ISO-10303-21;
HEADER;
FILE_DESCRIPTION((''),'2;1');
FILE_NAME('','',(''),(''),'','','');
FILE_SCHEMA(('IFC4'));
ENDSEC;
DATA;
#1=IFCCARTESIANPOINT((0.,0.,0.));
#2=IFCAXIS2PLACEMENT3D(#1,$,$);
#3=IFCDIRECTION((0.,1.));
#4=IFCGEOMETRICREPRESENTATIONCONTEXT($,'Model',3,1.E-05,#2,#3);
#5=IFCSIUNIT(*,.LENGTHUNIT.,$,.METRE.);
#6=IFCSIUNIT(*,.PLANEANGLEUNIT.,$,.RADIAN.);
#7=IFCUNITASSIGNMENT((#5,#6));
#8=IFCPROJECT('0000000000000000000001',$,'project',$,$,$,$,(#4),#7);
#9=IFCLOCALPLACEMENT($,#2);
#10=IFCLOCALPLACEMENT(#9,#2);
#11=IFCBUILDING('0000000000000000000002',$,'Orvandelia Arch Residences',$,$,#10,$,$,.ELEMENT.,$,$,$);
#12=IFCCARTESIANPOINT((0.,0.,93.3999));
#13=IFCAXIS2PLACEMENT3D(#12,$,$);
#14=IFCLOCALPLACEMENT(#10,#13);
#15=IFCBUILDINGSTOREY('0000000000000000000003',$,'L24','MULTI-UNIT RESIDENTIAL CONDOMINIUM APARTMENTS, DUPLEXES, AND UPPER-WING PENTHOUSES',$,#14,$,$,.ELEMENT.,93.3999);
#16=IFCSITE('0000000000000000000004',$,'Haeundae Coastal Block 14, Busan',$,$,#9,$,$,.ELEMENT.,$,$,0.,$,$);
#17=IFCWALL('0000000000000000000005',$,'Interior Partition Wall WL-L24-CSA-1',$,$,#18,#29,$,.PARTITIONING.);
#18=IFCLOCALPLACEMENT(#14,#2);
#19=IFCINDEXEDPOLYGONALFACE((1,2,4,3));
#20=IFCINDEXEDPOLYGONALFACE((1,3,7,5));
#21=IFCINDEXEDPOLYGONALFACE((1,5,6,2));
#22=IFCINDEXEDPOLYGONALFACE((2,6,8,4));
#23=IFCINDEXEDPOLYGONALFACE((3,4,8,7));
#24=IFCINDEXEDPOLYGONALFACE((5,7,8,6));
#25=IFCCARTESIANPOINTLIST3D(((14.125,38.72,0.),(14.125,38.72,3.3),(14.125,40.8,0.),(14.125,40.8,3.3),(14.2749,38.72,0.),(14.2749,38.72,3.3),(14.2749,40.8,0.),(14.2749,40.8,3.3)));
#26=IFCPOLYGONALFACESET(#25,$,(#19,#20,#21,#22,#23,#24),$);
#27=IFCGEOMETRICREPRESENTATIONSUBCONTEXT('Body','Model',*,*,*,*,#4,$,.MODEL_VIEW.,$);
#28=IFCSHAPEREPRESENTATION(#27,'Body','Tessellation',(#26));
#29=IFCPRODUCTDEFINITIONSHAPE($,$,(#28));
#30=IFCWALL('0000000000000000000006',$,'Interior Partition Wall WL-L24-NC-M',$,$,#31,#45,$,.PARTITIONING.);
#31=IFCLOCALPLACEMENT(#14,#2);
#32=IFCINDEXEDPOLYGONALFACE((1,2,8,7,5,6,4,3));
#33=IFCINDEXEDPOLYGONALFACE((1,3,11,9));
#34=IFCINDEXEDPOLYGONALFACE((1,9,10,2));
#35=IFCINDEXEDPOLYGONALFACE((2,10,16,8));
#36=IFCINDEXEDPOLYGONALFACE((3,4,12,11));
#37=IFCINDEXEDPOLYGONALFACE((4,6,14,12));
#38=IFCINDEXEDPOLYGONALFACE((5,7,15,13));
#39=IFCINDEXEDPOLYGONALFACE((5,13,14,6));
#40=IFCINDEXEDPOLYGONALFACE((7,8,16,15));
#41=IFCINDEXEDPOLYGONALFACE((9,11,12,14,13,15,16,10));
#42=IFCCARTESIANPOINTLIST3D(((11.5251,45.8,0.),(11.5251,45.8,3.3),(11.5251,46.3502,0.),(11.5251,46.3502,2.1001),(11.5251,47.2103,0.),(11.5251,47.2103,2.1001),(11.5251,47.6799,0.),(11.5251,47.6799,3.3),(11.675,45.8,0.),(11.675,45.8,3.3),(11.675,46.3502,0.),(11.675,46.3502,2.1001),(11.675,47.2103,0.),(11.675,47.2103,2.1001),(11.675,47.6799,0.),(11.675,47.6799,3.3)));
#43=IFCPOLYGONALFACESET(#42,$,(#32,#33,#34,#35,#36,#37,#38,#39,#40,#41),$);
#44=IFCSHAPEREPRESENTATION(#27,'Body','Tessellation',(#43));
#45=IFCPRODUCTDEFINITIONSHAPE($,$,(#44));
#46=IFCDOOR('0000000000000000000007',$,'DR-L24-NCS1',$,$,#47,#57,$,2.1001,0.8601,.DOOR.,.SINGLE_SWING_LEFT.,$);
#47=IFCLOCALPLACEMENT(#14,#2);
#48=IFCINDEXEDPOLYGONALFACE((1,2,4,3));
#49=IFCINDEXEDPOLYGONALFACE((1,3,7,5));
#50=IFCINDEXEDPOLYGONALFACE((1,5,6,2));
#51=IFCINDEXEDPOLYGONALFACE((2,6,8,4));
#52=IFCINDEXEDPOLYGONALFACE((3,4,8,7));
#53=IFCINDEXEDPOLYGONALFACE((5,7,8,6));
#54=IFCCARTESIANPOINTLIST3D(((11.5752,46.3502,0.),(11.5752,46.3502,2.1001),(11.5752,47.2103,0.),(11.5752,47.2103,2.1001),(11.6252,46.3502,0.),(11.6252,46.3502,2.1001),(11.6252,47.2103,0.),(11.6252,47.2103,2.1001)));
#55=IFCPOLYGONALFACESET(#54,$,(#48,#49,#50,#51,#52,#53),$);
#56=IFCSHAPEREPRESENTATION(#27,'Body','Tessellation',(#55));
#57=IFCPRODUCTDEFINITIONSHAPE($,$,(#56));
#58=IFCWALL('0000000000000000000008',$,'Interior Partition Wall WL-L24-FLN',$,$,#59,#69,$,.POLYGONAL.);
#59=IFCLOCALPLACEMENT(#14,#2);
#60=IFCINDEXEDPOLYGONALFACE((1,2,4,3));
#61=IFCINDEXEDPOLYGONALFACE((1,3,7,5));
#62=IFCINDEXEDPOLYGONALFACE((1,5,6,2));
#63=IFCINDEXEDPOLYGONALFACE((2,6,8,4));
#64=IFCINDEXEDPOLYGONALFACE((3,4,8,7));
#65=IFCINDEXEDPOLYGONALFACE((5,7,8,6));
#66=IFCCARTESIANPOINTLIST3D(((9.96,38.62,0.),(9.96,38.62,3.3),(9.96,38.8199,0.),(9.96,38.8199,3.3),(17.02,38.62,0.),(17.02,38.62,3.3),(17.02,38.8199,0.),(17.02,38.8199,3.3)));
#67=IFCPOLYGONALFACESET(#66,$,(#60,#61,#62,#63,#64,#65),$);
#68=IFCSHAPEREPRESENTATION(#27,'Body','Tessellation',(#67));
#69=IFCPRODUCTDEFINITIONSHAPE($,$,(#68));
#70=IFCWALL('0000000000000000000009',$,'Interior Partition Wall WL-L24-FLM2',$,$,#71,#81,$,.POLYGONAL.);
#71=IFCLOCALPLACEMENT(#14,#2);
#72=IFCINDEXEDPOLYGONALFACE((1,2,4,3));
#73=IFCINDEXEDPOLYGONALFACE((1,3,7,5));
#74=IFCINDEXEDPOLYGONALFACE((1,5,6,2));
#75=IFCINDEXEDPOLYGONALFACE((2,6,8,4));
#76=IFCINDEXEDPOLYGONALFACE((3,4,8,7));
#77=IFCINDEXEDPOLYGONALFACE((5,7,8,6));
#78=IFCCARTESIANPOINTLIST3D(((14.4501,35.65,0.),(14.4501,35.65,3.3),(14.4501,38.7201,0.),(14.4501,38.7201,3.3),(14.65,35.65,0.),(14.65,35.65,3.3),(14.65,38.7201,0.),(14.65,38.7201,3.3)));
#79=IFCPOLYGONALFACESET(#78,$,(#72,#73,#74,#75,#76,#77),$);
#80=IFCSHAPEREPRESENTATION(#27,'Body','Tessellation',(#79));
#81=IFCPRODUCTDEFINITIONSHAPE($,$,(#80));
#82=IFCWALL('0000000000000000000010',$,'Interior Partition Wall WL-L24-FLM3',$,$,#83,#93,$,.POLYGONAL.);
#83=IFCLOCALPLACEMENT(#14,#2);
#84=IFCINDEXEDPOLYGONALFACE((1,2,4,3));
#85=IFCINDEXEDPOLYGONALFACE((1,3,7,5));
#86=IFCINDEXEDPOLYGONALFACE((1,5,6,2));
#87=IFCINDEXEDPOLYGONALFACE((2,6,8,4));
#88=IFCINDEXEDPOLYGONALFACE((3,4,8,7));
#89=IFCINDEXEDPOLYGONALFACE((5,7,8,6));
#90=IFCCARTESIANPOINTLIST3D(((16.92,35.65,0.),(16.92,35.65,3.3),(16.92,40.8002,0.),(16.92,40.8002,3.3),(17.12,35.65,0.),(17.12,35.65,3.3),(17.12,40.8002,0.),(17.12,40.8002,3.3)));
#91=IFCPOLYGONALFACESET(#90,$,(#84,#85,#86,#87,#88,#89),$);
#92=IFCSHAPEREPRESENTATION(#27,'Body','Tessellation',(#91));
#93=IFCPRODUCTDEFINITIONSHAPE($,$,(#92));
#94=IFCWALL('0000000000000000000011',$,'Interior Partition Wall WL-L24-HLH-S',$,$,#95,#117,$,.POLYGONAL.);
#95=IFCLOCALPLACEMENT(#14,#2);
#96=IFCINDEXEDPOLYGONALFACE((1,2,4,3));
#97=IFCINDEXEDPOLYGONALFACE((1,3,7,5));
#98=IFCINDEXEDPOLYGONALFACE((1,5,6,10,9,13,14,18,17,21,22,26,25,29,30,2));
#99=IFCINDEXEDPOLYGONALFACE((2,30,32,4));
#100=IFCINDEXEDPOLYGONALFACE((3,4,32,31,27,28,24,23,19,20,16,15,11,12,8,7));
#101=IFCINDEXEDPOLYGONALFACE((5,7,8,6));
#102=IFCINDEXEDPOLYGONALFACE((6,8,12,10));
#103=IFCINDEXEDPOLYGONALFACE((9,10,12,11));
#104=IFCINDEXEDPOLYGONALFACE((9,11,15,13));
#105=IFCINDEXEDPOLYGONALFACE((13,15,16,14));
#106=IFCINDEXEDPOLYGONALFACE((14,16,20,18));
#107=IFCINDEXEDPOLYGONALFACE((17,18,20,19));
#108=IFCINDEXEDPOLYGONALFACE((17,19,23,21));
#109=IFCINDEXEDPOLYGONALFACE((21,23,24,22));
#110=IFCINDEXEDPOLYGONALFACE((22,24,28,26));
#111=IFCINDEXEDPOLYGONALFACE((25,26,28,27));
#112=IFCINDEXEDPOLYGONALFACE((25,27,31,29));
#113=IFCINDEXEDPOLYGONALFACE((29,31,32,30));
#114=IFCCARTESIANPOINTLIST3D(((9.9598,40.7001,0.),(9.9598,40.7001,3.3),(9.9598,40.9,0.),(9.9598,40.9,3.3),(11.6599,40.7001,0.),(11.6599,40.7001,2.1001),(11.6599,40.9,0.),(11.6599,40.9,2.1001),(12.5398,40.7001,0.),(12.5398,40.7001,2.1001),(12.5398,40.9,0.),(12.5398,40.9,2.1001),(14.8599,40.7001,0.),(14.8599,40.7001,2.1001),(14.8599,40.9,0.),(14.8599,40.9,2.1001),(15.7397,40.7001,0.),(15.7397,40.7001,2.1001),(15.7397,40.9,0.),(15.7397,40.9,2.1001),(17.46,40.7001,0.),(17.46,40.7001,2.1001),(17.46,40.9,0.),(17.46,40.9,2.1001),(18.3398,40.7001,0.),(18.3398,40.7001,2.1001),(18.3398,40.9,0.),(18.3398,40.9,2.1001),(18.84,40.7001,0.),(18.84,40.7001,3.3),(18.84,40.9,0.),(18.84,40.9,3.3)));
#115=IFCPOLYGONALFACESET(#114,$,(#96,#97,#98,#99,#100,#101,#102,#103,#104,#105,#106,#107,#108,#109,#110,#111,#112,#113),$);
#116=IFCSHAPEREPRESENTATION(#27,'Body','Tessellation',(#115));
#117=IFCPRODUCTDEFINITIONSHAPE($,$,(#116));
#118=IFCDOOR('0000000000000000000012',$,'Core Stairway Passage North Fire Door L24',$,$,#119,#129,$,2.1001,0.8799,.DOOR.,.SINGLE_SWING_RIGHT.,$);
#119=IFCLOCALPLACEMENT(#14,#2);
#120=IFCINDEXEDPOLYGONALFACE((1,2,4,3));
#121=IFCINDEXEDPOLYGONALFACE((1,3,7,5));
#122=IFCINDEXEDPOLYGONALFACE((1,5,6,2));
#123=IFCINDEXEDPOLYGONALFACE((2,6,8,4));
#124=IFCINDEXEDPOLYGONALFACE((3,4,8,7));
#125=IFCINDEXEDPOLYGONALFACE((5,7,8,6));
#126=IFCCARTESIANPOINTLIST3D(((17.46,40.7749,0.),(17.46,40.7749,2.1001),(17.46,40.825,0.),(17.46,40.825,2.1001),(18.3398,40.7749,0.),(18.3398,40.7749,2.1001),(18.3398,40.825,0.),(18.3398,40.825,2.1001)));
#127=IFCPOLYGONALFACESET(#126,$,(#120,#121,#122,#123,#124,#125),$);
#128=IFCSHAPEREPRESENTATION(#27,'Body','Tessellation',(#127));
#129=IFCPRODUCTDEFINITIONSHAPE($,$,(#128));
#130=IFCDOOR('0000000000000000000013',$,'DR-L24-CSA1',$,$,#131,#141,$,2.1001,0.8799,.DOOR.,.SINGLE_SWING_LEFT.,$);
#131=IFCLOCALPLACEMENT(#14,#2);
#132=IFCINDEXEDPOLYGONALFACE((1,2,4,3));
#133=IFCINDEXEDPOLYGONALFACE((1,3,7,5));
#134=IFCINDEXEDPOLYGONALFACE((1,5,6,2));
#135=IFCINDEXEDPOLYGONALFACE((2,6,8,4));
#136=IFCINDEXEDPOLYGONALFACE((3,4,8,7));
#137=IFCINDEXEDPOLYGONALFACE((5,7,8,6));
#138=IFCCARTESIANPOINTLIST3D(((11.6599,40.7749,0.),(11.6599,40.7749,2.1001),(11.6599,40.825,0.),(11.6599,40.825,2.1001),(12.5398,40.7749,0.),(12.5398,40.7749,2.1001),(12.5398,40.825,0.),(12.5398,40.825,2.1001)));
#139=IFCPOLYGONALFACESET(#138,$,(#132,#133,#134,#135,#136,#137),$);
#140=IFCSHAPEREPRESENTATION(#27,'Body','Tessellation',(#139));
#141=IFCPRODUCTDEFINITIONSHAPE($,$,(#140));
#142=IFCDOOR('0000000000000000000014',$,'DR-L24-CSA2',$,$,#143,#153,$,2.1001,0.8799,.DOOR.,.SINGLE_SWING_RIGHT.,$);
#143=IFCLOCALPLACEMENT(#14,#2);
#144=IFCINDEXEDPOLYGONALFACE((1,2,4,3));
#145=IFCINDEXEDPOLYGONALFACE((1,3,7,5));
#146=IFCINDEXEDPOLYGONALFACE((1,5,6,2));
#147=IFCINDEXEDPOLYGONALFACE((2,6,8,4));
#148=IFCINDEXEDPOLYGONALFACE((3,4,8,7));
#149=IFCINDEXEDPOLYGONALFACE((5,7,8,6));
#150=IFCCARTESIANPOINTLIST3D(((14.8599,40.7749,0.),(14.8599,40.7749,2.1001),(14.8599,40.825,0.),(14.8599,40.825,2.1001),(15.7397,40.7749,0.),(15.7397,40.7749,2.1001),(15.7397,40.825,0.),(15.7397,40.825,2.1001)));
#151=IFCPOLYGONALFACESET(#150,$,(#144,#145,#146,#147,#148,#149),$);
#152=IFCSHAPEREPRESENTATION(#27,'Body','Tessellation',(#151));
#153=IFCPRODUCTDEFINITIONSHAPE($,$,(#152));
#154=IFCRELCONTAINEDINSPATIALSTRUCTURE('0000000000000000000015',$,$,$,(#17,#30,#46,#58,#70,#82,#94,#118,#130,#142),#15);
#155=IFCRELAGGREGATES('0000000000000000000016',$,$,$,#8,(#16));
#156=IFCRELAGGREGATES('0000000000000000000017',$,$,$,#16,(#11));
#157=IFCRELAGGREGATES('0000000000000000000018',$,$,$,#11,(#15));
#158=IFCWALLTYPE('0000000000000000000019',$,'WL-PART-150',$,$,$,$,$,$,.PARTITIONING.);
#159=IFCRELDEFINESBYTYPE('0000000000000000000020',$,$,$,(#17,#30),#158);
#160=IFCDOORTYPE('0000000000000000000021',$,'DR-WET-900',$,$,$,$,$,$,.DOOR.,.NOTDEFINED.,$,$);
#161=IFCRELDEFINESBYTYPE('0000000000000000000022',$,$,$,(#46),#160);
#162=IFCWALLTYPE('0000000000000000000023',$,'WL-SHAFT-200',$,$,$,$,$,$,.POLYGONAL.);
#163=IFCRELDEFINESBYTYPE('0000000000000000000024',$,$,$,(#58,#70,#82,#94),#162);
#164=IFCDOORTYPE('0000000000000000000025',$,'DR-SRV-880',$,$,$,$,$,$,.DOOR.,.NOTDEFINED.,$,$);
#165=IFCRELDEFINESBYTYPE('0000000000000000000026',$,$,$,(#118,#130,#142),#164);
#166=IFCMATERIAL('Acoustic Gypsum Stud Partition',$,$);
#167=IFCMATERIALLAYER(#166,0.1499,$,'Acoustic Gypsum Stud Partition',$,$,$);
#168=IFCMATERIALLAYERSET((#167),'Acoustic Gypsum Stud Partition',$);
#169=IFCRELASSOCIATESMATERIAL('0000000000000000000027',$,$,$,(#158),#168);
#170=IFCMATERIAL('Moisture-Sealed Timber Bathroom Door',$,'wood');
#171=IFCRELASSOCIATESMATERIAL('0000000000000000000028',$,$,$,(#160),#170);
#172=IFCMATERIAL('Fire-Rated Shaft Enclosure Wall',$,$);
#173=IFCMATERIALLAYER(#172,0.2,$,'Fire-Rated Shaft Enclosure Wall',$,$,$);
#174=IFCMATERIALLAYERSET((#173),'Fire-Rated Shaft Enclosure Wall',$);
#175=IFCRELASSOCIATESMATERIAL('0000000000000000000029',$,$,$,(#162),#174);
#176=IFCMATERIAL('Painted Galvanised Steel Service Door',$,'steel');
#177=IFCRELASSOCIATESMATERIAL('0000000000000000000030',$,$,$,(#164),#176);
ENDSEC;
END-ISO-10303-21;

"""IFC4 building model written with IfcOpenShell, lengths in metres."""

from ifc_helpers import new_model, si_unit, direction, frame, frame_2d, origin, place, context, subcontext, project, spatial, rectangle, extrude, material, layer, layer_set, type_object, element, fill, save


model = new_model("IFC4")

# Units and contexts
model_context = context("Model", 3, precision=1e-05, world=origin(), true_north=direction((0.0, 1.0)))
body_context = subcontext(model_context, "Body", "Model", "MODEL_VIEW")
ifc_project = project(units=[si_unit("LENGTHUNIT", "METRE"), si_unit("PLANEANGLEUNIT", "RADIAN")], contexts=[model_context])

# Site, building, storey
site_placement = place(None, origin())
site = spatial("IfcSite", under=ifc_project, at=site_placement, Name="Haeundae Coastal Block 14, Busan", CompositionType="ELEMENT", RefElevation=0.0)
building_placement = place(site_placement, origin())
building = spatial("IfcBuilding", under=site, at=building_placement, Name="Orvandelia Arch Residences", CompositionType="ELEMENT")
storey_placement = place(building_placement, frame((0.0, 0.0, 93.3999)))
storey = spatial("IfcBuildingStorey", under=building, at=storey_placement, Name="L24", Description="MULTI-UNIT RESIDENTIAL CONDOMINIUM APARTMENTS, DUPLEXES, AND UPPER-WING PENTHOUSES", CompositionType="ELEMENT", Elevation=93.3999)

# Wall
ifc_material_1 = material(Name="Acoustic Gypsum Stud Partition")
ifc_layer_1 = layer(ifc_material_1, 0.1499, Name="Acoustic Gypsum Stud Partition")
ifc_layer_set_1 = layer_set([ifc_layer_1], Name="Acoustic Gypsum Stud Partition")
wall_type_1 = type_object("IfcWallType", Name="WL-PART-150", PredefinedType="PARTITIONING", material=ifc_layer_set_1)
wall_1_placement = place(storey_placement, frame((14.2, 38.72, 0.0), z_axis=(0.0, 0.0, 1.0), x_axis=(0.0, 1.0, 0.0)))
element("IfcWall", 1, at=wall_1_placement, inside=storey, type_object=wall_type_1, Name="Interior Partition Wall WL-L24-CSA-1", PredefinedType="PARTITIONING", context=body_context, shape_type="SweptSolid", body=[
    extrude(rectangle(XDim=2.0801, YDim=0.1499, at=frame_2d((1.04, 0.0))), origin(), (0.0, 0.0, 1.0), 3.3),
])

# Wall, opening, door
wall_2_placement = place(storey_placement, frame((11.6001, 45.8, 0.0), z_axis=(0.0, 0.0, 1.0), x_axis=(0.0, 1.0, 0.0)))
wall_2 = element("IfcWall", 2, at=wall_2_placement, inside=storey, type_object=wall_type_1, Name="Interior Partition Wall WL-L24-NC-M", PredefinedType="PARTITIONING", context=body_context, shape_type="SweptSolid", body=[
    extrude(rectangle(XDim=1.8799, YDim=0.1499, at=frame_2d((0.9399, 0.0))), origin(), (0.0, 0.0, 1.0), 3.3),
])
opening_1_placement = place(wall_2_placement, frame((0.55, 0.0, 0.0)))
opening_1 = element("IfcOpeningElement", 3, at=opening_1_placement, cuts=wall_2, PredefinedType="OPENING", context=body_context, shape_type="SweptSolid", body=[
    extrude(rectangle(XDim=0.8601, YDim=2.1001, at=frame_2d((0.4302, 1.05))), frame((0.0, 0.085, 0.0), z_axis=(0.0, -1.0, 0.0), x_axis=(1.0, 0.0, 0.0)), (0.0, 0.0, 1.0), 0.1699),
])
ifc_material_2 = material(Name="Moisture-Sealed Timber Bathroom Door", Category="wood")
door_type_1 = type_object("IfcDoorType", Name="DR-WET-900", OperationType="NOTDEFINED", PredefinedType="DOOR", material=ifc_material_2)
door_1_placement = place(opening_1_placement, origin())
door_1 = element("IfcDoor", 4, at=door_1_placement, inside=storey, type_object=door_type_1, Name="DR-L24-NCS1", OperationType="SINGLE_SWING_LEFT", OverallHeight=2.1001, OverallWidth=0.8601, PredefinedType="DOOR", context=body_context, shape_type="SweptSolid", body=[
    extrude(rectangle(XDim=0.8601, YDim=2.1001, at=frame_2d((0.4302, 1.05))), frame((0.0, 0.0249, 0.0), z_axis=(0.0, -1.0, 0.0), x_axis=(1.0, 0.0, 0.0)), (0.0, 0.0, 1.0), 0.05),
])
fill(opening_1, door_1)

# Walls
ifc_material_3 = material(Name="Fire-Rated Shaft Enclosure Wall")
ifc_layer_2 = layer(ifc_material_3, 0.2, Name="Fire-Rated Shaft Enclosure Wall")
ifc_layer_set_2 = layer_set([ifc_layer_2], Name="Fire-Rated Shaft Enclosure Wall")
wall_type_2 = type_object("IfcWallType", Name="WL-SHAFT-200", PredefinedType="POLYGONAL", material=ifc_layer_set_2)
wall_3_placement = place(storey_placement, frame((9.96, 38.72, 0.0), z_axis=(0.0, 0.0, 1.0), x_axis=(1.0, 0.0, 0.0)))
element("IfcWall", 5, at=wall_3_placement, inside=storey, type_object=wall_type_2, Name="Interior Partition Wall WL-L24-FLN", PredefinedType="POLYGONAL", context=body_context, shape_type="SweptSolid", body=[
    extrude(rectangle(XDim=7.0601, YDim=0.2, at=frame_2d((3.53, 0.0))), origin(), (0.0, 0.0, 1.0), 3.3),
])
wall_4_placement = place(storey_placement, frame((14.55, 35.6499, 0.0), z_axis=(0.0, 0.0, 1.0), x_axis=(0.0, 1.0, 0.0)))
element("IfcWall", 6, at=wall_4_placement, inside=storey, type_object=wall_type_2, Name="Interior Partition Wall WL-L24-FLM2", PredefinedType="POLYGONAL", context=body_context, shape_type="SweptSolid", body=[
    extrude(rectangle(XDim=3.0701, YDim=0.2, at=frame_2d((1.5352, 0.0))), origin(), (0.0, 0.0, 1.0), 3.3),
])
wall_5_placement = place(storey_placement, frame((17.02, 35.6499, 0.0), z_axis=(0.0, 0.0, 1.0), x_axis=(0.0, 1.0, 0.0)))
element("IfcWall", 7, at=wall_5_placement, inside=storey, type_object=wall_type_2, Name="Interior Partition Wall WL-L24-FLM3", PredefinedType="POLYGONAL", context=body_context, shape_type="SweptSolid", body=[
    extrude(rectangle(XDim=5.1501, YDim=0.2, at=frame_2d((2.5752, 0.0))), origin(), (0.0, 0.0, 1.0), 3.3),
])

# Wall, openings, doors
wall_6_placement = place(storey_placement, frame((9.96, 40.8, 0.0), z_axis=(0.0, 0.0, 1.0), x_axis=(1.0, 0.0, 0.0)))
wall_6 = element("IfcWall", 8, at=wall_6_placement, inside=storey, type_object=wall_type_2, Name="Interior Partition Wall WL-L24-HLH-S", PredefinedType="POLYGONAL", context=body_context, shape_type="SweptSolid", body=[
    extrude(rectangle(XDim=8.8801, YDim=0.2, at=frame_2d((4.4399, 0.0))), origin(), (0.0, 0.0, 1.0), 3.3),
])
opening_2_placement = place(wall_6_placement, frame((7.5, 0.0, 0.0)))
opening_2 = element("IfcOpeningElement", 9, at=opening_2_placement, cuts=wall_6, PredefinedType="OPENING", context=body_context, shape_type="SweptSolid", body=[
    extrude(rectangle(XDim=0.8799, YDim=2.1001, at=frame_2d((0.4399, 1.05))), frame((0.0, 0.1099, 0.0), z_axis=(0.0, -1.0, 0.0), x_axis=(1.0, 0.0, 0.0)), (0.0, 0.0, 1.0), 0.22),
])
opening_3_placement = place(wall_6_placement, frame((1.7, 0.0, 0.0)))
opening_3 = element("IfcOpeningElement", 10, at=opening_3_placement, cuts=wall_6, PredefinedType="OPENING", context=body_context, shape_type="SweptSolid", body=[
    extrude(rectangle(XDim=0.8799, YDim=2.1001, at=frame_2d((0.4399, 1.05))), frame((0.0, 0.1099, 0.0), z_axis=(0.0, -1.0, 0.0), x_axis=(1.0, 0.0, 0.0)), (0.0, 0.0, 1.0), 0.22),
])
opening_4_placement = place(wall_6_placement, frame((4.8999, 0.0, 0.0)))
opening_4 = element("IfcOpeningElement", 11, at=opening_4_placement, cuts=wall_6, PredefinedType="OPENING", context=body_context, shape_type="SweptSolid", body=[
    extrude(rectangle(XDim=0.8799, YDim=2.1001, at=frame_2d((0.4399, 1.05))), frame((0.0, 0.1099, 0.0), z_axis=(0.0, -1.0, 0.0), x_axis=(1.0, 0.0, 0.0)), (0.0, 0.0, 1.0), 0.22),
])
ifc_material_4 = material(Name="Painted Galvanised Steel Service Door", Category="steel")
door_type_2 = type_object("IfcDoorType", Name="DR-SRV-880", OperationType="NOTDEFINED", PredefinedType="DOOR", material=ifc_material_4)
door_2_placement = place(opening_2_placement, origin())
door_2 = element("IfcDoor", 12, at=door_2_placement, inside=storey, type_object=door_type_2, Name="Core Stairway Passage North Fire Door L24", OperationType="SINGLE_SWING_RIGHT", OverallHeight=2.1001, OverallWidth=0.8799, PredefinedType="DOOR", context=body_context, shape_type="SweptSolid", body=[
    extrude(rectangle(XDim=0.8799, YDim=2.1001, at=frame_2d((0.4399, 1.05))), frame((0.0, 0.0249, 0.0), z_axis=(0.0, -1.0, 0.0), x_axis=(1.0, 0.0, 0.0)), (0.0, 0.0, 1.0), 0.05),
])
fill(opening_2, door_2)
door_3_placement = place(opening_3_placement, origin())
door_3 = element("IfcDoor", 13, at=door_3_placement, inside=storey, type_object=door_type_2, Name="DR-L24-CSA1", OperationType="SINGLE_SWING_LEFT", OverallHeight=2.1001, OverallWidth=0.8799, PredefinedType="DOOR", context=body_context, shape_type="SweptSolid", body=[
    extrude(rectangle(XDim=0.8799, YDim=2.1001, at=frame_2d((0.4399, 1.05))), frame((0.0, 0.0249, 0.0), z_axis=(0.0, -1.0, 0.0), x_axis=(1.0, 0.0, 0.0)), (0.0, 0.0, 1.0), 0.05),
])
fill(opening_3, door_3)
door_4_placement = place(opening_4_placement, origin())
door_4 = element("IfcDoor", 14, at=door_4_placement, inside=storey, type_object=door_type_2, Name="DR-L24-CSA2", OperationType="SINGLE_SWING_RIGHT", OverallHeight=2.1001, OverallWidth=0.8799, PredefinedType="DOOR", context=body_context, shape_type="SweptSolid", body=[
    extrude(rectangle(XDim=0.8799, YDim=2.1001, at=frame_2d((0.4399, 1.05))), frame((0.0, 0.0249, 0.0), z_axis=(0.0, -1.0, 0.0), x_axis=(1.0, 0.0, 0.0)), (0.0, 0.0, 1.0), 0.05),
])
fill(opening_4, door_4)

save(model, "model.ifc")
